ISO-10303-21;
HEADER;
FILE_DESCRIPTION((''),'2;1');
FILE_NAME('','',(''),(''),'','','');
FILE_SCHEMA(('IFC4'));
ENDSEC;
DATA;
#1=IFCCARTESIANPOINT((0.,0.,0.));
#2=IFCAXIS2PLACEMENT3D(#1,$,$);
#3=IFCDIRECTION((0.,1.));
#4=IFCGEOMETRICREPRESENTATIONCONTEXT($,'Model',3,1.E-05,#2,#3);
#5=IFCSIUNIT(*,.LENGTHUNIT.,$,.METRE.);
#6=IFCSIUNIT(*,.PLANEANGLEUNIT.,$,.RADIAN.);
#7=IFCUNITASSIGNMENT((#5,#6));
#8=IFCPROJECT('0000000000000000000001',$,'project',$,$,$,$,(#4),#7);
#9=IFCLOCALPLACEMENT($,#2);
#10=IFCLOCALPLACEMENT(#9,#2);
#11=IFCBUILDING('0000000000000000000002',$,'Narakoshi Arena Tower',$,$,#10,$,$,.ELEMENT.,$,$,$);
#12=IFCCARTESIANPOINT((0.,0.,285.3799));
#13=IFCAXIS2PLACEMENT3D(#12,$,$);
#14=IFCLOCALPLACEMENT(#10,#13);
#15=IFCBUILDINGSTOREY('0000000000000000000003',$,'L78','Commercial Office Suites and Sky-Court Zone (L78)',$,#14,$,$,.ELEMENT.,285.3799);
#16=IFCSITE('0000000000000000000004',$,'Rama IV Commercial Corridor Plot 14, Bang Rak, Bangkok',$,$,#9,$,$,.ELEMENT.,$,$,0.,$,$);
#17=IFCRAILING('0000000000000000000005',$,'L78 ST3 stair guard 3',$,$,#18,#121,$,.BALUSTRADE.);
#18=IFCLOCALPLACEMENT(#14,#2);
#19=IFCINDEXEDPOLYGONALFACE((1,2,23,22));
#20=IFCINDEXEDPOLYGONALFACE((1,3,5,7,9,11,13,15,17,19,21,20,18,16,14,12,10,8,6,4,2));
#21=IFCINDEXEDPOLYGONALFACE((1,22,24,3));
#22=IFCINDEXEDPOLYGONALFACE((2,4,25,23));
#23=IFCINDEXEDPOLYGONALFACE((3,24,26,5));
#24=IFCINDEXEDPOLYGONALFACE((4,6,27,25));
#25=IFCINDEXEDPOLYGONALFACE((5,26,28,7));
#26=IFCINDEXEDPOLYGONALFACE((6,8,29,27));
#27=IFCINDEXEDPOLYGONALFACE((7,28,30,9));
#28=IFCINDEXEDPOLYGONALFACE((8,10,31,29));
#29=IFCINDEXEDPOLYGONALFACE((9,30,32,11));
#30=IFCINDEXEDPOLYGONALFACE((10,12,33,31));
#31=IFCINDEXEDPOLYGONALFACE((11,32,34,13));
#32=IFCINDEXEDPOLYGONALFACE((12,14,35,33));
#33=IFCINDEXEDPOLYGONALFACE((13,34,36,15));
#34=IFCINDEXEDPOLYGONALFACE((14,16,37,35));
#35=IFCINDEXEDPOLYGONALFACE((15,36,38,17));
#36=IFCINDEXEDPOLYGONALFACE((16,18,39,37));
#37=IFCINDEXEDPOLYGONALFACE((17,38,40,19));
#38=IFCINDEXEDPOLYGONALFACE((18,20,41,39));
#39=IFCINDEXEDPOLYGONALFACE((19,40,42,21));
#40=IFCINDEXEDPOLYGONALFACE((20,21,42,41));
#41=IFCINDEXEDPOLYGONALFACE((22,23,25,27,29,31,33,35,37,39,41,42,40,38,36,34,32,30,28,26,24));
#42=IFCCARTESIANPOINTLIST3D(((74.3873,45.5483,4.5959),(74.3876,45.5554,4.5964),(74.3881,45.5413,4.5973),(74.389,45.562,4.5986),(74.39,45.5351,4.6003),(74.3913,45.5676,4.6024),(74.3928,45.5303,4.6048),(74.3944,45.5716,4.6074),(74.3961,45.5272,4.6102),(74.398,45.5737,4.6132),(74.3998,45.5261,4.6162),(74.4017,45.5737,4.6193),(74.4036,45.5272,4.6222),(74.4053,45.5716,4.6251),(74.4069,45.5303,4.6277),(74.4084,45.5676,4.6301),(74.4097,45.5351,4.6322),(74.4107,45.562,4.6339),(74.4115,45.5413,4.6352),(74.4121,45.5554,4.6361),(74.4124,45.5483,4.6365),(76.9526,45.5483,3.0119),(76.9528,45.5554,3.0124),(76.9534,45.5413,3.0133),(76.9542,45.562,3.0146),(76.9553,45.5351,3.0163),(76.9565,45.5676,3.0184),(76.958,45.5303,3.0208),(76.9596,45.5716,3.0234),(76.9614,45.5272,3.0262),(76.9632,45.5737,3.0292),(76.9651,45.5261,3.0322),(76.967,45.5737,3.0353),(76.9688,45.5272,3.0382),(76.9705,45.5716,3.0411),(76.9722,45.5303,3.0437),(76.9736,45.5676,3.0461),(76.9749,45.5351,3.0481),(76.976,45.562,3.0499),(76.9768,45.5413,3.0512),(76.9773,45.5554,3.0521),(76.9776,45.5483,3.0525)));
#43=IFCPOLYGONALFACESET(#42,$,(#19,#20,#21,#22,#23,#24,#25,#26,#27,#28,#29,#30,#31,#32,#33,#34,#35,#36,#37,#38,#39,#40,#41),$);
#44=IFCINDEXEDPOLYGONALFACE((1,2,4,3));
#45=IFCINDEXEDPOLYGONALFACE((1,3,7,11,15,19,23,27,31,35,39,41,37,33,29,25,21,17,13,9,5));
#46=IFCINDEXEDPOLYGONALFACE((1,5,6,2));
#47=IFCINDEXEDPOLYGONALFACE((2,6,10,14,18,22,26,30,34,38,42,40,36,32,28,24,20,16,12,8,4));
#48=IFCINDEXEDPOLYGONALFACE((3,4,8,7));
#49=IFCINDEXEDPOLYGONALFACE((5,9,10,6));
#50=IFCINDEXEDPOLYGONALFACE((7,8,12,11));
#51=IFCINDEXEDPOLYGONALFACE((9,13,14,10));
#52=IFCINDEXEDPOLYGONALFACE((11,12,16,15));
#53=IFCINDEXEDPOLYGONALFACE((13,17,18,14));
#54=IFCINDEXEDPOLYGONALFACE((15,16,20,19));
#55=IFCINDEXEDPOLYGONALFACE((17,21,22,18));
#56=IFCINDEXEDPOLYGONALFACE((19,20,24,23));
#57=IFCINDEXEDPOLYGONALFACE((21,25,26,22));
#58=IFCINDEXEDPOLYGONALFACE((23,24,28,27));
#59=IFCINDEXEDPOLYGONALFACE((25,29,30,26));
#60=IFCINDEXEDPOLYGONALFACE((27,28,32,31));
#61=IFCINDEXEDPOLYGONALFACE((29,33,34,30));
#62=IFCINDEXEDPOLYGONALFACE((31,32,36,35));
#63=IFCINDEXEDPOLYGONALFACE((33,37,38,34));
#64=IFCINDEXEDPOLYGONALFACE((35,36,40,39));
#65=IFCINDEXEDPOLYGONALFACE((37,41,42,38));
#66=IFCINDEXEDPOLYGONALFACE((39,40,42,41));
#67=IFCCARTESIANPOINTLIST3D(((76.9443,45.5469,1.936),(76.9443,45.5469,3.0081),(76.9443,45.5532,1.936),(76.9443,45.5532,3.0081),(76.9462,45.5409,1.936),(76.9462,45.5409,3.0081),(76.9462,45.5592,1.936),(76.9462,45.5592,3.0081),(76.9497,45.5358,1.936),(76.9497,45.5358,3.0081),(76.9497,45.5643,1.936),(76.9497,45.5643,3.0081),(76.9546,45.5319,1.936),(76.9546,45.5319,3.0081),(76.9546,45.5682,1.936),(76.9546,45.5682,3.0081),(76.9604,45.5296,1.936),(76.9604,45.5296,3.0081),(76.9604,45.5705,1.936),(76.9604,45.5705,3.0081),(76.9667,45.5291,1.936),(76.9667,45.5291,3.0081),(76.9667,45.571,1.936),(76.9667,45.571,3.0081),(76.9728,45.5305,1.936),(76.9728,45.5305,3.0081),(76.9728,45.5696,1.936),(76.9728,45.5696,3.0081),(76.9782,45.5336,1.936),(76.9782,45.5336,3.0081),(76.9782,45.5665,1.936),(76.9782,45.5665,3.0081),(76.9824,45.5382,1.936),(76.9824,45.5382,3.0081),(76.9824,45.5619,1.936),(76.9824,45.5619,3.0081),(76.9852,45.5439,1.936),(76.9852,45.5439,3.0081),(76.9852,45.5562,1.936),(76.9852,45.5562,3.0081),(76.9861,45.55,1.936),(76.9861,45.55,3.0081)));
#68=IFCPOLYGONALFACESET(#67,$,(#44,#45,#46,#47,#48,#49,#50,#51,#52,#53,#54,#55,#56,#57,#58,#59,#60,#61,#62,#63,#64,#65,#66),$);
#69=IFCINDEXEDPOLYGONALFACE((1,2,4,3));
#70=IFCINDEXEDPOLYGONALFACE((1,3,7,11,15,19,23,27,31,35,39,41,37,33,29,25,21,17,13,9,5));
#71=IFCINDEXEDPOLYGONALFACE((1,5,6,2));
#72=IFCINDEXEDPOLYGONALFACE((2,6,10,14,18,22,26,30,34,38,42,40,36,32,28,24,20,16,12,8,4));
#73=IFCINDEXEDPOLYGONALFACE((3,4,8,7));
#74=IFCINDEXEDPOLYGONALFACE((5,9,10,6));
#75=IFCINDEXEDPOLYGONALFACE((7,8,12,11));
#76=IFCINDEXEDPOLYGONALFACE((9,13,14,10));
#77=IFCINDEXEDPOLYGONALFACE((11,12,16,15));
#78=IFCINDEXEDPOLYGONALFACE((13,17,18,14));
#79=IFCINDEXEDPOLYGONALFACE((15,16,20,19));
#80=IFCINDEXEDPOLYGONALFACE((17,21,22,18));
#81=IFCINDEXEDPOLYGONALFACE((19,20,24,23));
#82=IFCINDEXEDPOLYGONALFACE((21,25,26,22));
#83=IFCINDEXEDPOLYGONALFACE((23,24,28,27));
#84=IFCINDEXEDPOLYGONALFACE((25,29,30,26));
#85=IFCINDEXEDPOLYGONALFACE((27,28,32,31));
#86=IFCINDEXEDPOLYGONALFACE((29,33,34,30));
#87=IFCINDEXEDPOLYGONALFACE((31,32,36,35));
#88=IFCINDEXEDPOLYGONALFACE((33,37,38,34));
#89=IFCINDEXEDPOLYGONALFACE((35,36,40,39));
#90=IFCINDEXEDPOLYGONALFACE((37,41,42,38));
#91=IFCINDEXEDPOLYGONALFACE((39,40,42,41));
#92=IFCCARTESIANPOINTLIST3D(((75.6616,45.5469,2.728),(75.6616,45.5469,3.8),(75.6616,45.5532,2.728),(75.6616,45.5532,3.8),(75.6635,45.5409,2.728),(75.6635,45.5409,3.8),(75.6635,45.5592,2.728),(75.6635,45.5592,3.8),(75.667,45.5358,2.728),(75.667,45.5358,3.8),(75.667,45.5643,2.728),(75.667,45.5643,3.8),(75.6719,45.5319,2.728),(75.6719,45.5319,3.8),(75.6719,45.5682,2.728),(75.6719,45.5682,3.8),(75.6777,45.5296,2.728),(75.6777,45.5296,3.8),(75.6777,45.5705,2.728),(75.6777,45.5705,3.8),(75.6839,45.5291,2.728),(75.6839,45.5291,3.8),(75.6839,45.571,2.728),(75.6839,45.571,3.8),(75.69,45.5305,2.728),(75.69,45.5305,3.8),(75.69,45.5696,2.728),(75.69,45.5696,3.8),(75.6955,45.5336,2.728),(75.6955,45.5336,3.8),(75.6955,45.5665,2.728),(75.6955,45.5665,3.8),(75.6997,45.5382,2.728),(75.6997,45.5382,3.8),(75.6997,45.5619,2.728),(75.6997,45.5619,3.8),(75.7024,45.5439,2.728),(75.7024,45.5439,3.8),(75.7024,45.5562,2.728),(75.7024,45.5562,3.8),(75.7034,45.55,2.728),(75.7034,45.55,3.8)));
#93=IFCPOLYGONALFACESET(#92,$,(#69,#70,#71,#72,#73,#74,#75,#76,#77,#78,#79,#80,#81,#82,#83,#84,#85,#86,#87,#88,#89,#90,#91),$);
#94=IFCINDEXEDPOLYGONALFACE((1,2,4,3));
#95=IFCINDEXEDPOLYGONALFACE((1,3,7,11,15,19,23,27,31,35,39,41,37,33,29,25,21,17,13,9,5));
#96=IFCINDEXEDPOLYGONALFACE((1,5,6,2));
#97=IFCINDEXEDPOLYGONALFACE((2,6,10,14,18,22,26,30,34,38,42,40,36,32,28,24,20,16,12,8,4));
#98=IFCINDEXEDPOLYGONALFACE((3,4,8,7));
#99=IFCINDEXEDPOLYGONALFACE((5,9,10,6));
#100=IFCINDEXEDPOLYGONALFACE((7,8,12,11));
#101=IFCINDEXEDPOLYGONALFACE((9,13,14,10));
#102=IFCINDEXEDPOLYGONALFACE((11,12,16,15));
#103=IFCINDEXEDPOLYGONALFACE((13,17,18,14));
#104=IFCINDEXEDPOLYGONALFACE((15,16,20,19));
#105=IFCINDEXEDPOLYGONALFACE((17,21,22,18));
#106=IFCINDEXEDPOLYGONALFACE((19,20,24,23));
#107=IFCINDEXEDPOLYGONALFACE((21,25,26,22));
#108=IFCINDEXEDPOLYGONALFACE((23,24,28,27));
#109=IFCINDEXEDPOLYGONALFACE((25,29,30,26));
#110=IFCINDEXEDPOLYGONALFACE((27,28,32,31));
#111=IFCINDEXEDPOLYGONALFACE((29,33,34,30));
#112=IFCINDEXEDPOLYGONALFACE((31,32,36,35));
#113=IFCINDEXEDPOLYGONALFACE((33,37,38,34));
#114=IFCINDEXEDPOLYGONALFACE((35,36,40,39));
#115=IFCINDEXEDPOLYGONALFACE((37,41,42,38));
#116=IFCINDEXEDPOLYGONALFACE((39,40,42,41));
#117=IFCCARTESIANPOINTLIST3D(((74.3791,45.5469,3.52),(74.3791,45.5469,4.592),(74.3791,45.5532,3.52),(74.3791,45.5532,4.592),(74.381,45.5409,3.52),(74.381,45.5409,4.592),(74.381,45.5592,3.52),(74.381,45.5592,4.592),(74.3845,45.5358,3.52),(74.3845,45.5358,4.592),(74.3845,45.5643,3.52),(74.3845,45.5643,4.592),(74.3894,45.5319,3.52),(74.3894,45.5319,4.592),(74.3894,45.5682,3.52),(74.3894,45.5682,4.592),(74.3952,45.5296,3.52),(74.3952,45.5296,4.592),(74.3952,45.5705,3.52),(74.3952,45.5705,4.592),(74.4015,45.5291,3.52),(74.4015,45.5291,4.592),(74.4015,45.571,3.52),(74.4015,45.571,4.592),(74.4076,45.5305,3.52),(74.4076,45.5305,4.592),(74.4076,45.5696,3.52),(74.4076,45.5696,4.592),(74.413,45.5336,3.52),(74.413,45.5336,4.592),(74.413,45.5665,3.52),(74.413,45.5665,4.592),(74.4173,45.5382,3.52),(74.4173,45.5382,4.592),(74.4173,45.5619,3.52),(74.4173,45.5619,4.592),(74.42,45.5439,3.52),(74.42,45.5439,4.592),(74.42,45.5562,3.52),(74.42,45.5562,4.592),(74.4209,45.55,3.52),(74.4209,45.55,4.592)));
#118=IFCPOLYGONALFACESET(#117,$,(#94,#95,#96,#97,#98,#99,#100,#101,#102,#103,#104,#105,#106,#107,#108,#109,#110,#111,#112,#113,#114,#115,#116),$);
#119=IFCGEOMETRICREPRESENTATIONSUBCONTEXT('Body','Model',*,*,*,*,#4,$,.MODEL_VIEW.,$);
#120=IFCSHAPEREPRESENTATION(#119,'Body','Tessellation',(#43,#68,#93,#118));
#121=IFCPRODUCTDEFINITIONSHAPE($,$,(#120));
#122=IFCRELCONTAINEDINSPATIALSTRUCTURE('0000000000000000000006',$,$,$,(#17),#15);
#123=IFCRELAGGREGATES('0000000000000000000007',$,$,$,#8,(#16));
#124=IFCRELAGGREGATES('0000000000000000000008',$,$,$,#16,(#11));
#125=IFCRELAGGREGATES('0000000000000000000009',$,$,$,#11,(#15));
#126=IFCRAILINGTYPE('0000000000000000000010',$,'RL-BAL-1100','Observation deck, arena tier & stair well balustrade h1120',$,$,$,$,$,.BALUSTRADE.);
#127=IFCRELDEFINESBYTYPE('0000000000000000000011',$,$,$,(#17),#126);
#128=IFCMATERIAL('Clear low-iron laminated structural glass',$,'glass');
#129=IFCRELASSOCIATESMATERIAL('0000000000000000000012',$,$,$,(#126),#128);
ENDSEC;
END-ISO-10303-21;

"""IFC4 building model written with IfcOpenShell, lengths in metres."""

from ifc_helpers import new_model, si_unit, direction, frame, origin, origin_2d, place, context, subcontext, project, spatial, circle, extrude, material, type_object, element, save


model = new_model("IFC4")

# Units and contexts
model_context = context("Model", 3, precision=1e-05, world=origin(), true_north=direction((0.0, 1.0)))
body_context = subcontext(model_context, "Body", "Model", "MODEL_VIEW")
ifc_project = project(units=[si_unit("LENGTHUNIT", "METRE"), si_unit("PLANEANGLEUNIT", "RADIAN")], contexts=[model_context])

# Site, building, storey
site_placement = place(None, origin())
site = spatial("IfcSite", under=ifc_project, at=site_placement, Name="Rama IV Commercial Corridor Plot 14, Bang Rak, Bangkok", CompositionType="ELEMENT", RefElevation=0.0)
building_placement = place(site_placement, origin())
building = spatial("IfcBuilding", under=site, at=building_placement, Name="Narakoshi Arena Tower", CompositionType="ELEMENT")
storey_placement = place(building_placement, frame((0.0, 0.0, 285.3799)))
storey = spatial("IfcBuildingStorey", under=building, at=storey_placement, Name="L78", Description="Commercial Office Suites and Sky-Court Zone (L78)", CompositionType="ELEMENT", Elevation=285.3799)

# Railing
ifc_material_1 = material(Name="Clear low-iron laminated structural glass", Category="glass")
railing_type_1 = type_object("IfcRailingType", Name="RL-BAL-1100", Description="Observation deck, arena tier & stair well balustrade h1120", PredefinedType="BALUSTRADE", material=ifc_material_1)
railing_1_placement = place(storey_placement, frame((76.9651, 45.55, 1.936)))
element("IfcRailing", 1, at=railing_1_placement, inside=storey, type_object=railing_type_1, Name="L78 ST3 stair guard 3", PredefinedType="BALUSTRADE", context=body_context, shape_type="SweptSolid", body=[
    extrude(circle(Radius=0.0239, at=origin_2d()), frame((0.0, 0.0, 1.0962), z_axis=(-0.850857, 0.0, 0.525398), x_axis=(0.0, -1.0, 0.0)), (0.0, 0.0, 1.0), 3.0149),
    extrude(circle(Radius=0.021, at=origin_2d()), origin(), (0.0, 0.0, 1.0), 1.072),
    extrude(circle(Radius=0.021, at=origin_2d()), frame((-1.2827, 0.0, 0.792)), (0.0, 0.0, 1.0), 1.072),
    extrude(circle(Radius=0.021, at=origin_2d()), frame((-2.5652, 0.0, 1.584)), (0.0, 0.0, 1.0), 1.072),
])

save(model, "model.ifc")
